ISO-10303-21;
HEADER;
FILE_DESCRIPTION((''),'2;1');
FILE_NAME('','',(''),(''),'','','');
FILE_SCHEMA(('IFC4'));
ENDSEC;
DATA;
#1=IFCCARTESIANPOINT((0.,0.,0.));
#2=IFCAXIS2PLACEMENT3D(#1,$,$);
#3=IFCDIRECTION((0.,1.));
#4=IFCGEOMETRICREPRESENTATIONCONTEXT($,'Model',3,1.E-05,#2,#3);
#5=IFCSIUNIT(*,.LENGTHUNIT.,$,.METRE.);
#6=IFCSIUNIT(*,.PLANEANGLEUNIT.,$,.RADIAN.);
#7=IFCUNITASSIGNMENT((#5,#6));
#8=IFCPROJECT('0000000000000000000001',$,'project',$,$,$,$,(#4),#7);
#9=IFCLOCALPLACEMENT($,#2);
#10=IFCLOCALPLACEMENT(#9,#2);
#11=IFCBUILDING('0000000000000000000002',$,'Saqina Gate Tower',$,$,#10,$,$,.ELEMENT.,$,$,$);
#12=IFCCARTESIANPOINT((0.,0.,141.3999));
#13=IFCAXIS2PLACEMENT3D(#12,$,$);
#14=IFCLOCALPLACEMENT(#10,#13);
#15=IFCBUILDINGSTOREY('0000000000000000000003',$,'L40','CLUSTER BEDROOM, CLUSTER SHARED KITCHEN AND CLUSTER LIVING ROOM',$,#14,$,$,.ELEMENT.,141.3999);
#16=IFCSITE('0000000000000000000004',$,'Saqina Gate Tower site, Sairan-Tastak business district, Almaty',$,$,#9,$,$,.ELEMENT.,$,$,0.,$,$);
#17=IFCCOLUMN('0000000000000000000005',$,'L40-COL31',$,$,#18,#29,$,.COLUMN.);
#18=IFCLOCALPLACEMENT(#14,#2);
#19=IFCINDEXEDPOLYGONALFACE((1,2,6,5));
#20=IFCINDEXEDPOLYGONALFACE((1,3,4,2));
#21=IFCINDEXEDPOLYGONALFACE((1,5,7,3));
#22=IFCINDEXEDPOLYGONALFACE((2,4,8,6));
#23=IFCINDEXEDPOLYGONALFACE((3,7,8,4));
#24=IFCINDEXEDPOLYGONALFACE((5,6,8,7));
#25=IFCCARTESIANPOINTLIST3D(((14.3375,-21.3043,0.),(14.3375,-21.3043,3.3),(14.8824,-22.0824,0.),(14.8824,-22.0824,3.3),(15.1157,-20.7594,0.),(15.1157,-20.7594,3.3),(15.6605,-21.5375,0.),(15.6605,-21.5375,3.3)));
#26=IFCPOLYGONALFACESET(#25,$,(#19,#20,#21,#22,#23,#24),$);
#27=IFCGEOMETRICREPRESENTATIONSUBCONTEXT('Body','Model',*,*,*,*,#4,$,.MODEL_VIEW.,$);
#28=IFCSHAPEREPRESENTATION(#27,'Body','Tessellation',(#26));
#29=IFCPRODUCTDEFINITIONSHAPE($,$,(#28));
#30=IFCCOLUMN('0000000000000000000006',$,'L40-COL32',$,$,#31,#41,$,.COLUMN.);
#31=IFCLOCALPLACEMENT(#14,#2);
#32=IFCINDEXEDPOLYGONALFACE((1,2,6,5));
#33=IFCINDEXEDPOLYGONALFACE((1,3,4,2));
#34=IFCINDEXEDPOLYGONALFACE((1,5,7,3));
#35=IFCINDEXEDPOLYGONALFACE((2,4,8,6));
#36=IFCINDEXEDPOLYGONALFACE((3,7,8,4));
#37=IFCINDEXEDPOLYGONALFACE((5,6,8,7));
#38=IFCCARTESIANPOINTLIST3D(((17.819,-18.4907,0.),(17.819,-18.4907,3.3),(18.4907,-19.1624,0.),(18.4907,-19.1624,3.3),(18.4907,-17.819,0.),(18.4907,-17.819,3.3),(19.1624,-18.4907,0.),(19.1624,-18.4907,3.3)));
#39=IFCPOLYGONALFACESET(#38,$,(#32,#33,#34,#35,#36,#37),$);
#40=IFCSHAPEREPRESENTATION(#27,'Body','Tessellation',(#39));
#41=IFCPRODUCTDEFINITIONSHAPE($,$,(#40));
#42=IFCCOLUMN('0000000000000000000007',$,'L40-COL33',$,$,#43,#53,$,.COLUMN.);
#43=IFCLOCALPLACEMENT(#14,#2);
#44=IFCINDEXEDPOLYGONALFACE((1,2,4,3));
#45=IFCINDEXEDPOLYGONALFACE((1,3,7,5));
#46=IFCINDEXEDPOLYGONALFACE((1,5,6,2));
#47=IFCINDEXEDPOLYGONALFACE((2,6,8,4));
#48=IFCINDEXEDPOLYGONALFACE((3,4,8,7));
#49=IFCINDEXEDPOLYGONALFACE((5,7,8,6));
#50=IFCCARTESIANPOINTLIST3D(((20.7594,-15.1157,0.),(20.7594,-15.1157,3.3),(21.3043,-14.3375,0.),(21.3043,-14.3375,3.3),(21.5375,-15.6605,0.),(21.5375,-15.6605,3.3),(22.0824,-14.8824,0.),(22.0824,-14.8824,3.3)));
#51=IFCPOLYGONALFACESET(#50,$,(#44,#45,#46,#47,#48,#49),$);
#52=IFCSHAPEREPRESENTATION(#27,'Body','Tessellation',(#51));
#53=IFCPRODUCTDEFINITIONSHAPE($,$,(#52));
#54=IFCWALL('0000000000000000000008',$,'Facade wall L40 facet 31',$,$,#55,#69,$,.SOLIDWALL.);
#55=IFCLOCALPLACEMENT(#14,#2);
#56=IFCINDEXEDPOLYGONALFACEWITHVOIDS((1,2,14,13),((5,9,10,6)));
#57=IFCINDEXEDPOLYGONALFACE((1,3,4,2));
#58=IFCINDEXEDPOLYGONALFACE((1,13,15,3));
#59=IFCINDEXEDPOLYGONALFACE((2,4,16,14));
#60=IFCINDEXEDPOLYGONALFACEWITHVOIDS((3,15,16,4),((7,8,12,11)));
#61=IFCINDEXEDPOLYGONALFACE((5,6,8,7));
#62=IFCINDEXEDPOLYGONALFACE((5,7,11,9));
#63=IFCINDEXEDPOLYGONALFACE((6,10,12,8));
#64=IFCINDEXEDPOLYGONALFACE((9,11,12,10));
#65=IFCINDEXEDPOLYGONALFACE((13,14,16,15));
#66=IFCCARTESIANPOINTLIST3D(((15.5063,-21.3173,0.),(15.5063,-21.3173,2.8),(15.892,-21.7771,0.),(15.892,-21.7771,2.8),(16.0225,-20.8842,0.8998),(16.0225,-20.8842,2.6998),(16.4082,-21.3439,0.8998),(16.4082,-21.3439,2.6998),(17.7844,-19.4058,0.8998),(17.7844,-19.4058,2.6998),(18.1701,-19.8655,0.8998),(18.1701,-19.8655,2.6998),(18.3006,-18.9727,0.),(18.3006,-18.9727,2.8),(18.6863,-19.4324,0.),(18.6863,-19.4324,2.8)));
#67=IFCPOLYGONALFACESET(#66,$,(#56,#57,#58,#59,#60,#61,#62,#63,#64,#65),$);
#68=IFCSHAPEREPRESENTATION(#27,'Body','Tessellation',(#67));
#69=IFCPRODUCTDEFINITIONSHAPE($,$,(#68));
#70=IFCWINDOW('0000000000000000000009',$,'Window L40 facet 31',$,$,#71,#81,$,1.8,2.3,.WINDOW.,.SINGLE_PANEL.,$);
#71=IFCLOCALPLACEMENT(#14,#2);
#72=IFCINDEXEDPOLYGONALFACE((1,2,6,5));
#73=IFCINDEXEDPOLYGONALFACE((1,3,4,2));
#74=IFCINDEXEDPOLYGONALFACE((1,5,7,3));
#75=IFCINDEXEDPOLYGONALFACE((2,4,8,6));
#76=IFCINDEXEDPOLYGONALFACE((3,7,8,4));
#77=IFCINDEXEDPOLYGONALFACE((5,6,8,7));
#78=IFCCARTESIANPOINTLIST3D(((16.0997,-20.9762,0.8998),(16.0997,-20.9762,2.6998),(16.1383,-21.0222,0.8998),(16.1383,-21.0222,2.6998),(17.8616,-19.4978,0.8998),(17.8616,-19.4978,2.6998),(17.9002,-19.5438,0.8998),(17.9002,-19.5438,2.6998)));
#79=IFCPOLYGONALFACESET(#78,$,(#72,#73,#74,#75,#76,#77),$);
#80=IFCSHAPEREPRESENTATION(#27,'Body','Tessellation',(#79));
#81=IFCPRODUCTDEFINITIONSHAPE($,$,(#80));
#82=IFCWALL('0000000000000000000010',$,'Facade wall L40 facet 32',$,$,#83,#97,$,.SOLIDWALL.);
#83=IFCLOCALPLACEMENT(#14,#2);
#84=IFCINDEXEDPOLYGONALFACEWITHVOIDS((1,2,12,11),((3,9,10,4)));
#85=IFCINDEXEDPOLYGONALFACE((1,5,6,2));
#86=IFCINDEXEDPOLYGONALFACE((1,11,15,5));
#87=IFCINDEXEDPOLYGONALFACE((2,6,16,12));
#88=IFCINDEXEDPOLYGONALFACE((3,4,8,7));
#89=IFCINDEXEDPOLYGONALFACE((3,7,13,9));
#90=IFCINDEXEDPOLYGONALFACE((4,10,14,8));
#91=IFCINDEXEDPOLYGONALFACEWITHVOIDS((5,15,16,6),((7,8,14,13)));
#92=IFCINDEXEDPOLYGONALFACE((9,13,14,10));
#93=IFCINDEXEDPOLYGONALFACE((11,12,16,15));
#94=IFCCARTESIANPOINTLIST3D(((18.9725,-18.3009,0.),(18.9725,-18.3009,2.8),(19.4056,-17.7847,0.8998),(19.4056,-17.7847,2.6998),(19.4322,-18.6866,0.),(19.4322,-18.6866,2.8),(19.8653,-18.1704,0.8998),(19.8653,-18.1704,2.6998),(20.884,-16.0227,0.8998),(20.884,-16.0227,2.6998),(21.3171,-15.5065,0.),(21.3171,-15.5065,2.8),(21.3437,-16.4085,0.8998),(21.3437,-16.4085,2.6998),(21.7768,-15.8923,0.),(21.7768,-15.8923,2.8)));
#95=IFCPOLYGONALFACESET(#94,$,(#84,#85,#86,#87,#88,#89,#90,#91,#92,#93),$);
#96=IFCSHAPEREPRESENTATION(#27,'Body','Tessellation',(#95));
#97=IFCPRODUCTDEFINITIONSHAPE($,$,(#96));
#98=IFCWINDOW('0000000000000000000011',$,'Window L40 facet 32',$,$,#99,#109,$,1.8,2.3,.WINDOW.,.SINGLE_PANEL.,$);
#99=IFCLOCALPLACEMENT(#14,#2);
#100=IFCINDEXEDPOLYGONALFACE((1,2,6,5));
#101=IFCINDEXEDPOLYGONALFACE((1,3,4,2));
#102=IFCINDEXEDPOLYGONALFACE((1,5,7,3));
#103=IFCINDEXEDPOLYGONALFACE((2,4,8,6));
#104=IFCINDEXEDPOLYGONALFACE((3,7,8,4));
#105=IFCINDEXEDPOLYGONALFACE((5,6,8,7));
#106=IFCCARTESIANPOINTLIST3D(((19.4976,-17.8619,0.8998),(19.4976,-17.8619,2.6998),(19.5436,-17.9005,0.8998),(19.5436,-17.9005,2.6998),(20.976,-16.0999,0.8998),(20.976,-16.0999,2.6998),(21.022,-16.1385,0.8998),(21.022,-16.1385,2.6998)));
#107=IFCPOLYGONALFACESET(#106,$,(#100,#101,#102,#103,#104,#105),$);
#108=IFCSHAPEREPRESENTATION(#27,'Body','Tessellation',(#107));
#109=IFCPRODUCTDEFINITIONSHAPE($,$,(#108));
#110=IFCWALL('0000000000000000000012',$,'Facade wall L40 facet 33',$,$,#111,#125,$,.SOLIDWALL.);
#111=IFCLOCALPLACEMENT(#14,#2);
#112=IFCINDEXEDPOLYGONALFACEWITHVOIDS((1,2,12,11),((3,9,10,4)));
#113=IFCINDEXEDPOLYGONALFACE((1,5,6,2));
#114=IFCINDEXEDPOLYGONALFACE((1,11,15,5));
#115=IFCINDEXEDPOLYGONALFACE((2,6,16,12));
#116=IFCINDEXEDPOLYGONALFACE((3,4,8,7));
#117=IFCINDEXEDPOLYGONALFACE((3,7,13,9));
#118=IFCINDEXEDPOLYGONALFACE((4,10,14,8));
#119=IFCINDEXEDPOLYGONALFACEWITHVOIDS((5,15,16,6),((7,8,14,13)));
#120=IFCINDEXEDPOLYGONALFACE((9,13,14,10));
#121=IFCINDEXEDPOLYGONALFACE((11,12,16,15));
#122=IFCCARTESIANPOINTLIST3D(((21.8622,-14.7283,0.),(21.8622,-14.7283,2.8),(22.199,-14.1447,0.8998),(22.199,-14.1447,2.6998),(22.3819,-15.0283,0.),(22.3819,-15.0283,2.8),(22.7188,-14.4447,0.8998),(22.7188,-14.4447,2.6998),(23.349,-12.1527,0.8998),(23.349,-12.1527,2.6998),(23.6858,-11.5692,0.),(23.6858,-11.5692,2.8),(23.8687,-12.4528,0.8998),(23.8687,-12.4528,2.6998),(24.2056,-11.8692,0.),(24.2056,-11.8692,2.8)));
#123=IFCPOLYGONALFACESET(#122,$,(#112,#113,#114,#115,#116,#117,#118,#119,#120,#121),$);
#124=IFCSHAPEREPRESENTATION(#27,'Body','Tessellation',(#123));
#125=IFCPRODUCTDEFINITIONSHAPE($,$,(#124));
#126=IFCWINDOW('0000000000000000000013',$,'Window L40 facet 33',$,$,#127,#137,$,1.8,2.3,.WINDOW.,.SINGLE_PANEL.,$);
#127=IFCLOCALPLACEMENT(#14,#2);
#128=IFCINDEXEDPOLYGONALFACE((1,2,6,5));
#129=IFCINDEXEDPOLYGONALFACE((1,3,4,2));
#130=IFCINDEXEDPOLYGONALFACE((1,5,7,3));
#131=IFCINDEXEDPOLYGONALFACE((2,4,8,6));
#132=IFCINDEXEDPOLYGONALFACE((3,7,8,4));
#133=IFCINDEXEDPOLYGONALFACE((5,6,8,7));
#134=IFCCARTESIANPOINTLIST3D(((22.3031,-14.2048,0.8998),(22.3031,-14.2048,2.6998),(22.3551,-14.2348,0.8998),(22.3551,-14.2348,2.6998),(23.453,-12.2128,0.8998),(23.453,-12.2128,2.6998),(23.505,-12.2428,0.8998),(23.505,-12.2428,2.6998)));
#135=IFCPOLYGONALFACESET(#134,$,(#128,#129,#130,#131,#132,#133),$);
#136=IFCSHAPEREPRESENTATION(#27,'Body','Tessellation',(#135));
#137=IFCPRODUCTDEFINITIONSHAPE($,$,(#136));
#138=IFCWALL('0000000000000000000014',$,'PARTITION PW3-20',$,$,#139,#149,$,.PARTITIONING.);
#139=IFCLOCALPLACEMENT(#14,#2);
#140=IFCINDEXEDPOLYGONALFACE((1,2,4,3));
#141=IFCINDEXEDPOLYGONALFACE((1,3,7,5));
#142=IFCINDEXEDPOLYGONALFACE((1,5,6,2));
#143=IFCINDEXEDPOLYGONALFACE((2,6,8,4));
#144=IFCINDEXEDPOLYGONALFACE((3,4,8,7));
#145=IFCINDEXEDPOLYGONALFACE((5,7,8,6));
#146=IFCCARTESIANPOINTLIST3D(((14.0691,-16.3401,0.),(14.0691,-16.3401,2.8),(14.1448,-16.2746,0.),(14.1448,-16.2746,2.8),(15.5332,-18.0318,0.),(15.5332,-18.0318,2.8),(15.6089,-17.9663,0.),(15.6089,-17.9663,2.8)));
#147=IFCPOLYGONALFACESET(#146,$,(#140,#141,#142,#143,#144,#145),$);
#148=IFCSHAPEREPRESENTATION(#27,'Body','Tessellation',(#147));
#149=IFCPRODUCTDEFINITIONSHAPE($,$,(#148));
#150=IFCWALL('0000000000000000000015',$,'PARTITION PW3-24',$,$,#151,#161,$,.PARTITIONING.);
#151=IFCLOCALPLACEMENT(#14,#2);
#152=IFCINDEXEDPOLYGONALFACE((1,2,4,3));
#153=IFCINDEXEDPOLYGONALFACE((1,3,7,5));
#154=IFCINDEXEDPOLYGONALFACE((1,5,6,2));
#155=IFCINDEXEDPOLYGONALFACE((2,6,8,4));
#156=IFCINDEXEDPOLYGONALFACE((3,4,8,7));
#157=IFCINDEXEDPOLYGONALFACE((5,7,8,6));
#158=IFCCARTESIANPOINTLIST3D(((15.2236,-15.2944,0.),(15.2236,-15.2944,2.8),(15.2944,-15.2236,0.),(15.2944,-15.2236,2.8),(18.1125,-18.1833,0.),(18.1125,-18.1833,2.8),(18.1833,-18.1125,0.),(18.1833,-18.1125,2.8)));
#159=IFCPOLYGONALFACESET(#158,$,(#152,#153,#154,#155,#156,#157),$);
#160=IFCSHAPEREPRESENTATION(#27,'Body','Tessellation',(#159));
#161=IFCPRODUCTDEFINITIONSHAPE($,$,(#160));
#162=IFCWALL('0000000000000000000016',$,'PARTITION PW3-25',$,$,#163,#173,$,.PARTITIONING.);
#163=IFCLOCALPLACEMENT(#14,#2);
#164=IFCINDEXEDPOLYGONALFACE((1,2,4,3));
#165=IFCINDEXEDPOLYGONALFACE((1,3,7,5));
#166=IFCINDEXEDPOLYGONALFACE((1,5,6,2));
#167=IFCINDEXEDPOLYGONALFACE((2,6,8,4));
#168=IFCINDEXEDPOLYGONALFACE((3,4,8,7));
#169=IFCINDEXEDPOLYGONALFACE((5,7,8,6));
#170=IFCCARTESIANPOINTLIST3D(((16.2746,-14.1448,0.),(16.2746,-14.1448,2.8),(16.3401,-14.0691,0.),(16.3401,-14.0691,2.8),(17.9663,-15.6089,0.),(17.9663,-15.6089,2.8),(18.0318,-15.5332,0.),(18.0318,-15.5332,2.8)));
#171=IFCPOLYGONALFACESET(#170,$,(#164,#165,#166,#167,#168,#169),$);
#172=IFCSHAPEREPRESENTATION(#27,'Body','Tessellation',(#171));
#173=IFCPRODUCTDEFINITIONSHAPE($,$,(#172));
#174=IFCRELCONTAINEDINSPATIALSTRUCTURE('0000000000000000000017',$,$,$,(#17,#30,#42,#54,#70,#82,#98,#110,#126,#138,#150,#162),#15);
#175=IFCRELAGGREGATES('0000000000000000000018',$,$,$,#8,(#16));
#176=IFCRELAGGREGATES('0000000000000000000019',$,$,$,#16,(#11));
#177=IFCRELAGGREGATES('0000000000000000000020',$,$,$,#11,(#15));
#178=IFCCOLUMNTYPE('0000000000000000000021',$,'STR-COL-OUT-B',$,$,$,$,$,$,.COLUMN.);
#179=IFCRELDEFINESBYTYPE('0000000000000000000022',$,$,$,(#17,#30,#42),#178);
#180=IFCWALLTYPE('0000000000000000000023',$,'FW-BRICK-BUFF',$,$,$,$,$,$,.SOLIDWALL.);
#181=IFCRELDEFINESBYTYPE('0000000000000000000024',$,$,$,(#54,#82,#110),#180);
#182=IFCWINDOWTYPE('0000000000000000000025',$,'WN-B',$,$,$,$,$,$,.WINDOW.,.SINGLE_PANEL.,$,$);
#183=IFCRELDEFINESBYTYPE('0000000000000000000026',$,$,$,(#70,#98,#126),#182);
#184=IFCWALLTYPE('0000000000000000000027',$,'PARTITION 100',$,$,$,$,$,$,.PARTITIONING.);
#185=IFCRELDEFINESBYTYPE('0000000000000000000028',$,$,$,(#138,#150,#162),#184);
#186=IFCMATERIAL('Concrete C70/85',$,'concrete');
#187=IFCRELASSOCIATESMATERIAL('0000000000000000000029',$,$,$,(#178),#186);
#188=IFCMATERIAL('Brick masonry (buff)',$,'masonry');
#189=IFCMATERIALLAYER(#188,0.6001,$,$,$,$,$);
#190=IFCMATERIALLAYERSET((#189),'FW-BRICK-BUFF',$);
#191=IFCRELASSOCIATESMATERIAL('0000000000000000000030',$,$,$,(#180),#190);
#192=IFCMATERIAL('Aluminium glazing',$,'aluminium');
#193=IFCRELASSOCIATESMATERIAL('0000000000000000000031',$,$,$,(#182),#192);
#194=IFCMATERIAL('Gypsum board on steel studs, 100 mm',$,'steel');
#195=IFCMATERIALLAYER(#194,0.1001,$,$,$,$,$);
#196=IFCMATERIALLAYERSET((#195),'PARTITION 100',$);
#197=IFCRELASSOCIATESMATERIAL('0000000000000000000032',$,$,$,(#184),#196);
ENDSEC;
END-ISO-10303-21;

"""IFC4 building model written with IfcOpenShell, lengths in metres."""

from ifc_helpers import new_model, si_unit, direction, frame, frame_2d, origin, origin_2d, place, context, subcontext, project, spatial, rectangle, extrude, material, layer, layer_set, material_profile, profile_set, type_object, element, fill, save


model = new_model("IFC4")

# Units and contexts
model_context = context("Model", 3, precision=1e-05, world=origin(), true_north=direction((0.0, 1.0)))
body_context = subcontext(model_context, "Body", "Model", "MODEL_VIEW")
ifc_project = project(units=[si_unit("LENGTHUNIT", "METRE"), si_unit("PLANEANGLEUNIT", "RADIAN")], contexts=[model_context])

# Site, building, storey
site_placement = place(None, origin())
site = spatial("IfcSite", under=ifc_project, at=site_placement, Name="Saqina Gate Tower site, Sairan-Tastak business district, Almaty", CompositionType="ELEMENT", RefElevation=0.0)
building_placement = place(site_placement, origin())
building = spatial("IfcBuilding", under=site, at=building_placement, Name="Saqina Gate Tower", CompositionType="ELEMENT")
storey_placement = place(building_placement, frame((0.0, 0.0, 141.3999)))
storey = spatial("IfcBuildingStorey", under=building, at=storey_placement, Name="L40", Description="CLUSTER BEDROOM, CLUSTER SHARED KITCHEN AND CLUSTER LIVING ROOM", CompositionType="ELEMENT", Elevation=141.3999)

# Columns
ifc_material_1 = material(Name="Concrete C70/85", Category="concrete")
ifc_material_profile = material_profile(ifc_material_1, rectangle(XDim=0.95, YDim=0.95, at=origin_2d()), Name="RC 950x950")
ifc_profile_set = profile_set([ifc_material_profile], Name="Concrete C70/85")
column_type = type_object("IfcColumnType", Name="STR-COL-OUT-B", PredefinedType="COLUMN", material=ifc_profile_set)
for number, where, z_axis, x_axis, name in (
    (1, (14.999, -21.4209, 0.0), (0.0, 0.0, 1.0), (0.573576, -0.819152, 0.0), "L40-COL31"),
    (2, (18.4907, -18.4907, 0.0), (0.0, 0.0, 1.0), (0.707107, -0.707107, 0.0), "L40-COL32"),
    (3, (21.4209, -14.999, 0.0), (0.0, 0.0, 1.0), (0.819152, -0.573576, 0.0), "L40-COL33"),
):
    element("IfcColumn", number, at=place(storey_placement, frame(where, z_axis=z_axis, x_axis=x_axis)), inside=storey, type_object=column_type, Name=name, PredefinedType="COLUMN", context=body_context, shape_type="SweptSolid", body=[
        extrude(rectangle(XDim=0.95, YDim=0.95, at=origin_2d()), origin(), (0.0, 0.0, 1.0), 3.3),
    ])

# Walls, openings, windows
ifc_material_2 = material(Name="Brick masonry (buff)", Category="masonry")
ifc_layer_1 = layer(ifc_material_2, 0.6001)
ifc_layer_set_1 = layer_set([ifc_layer_1], Name="FW-BRICK-BUFF")
wall_type_1 = type_object("IfcWallType", Name="FW-BRICK-BUFF", PredefinedType="SOLIDWALL", material=ifc_layer_set_1)
wall_1_placement = place(storey_placement, frame((15.6992, -21.5471, 0.0), z_axis=(0.0, 0.0, 1.0), x_axis=(0.766055, 0.642774, 0.0)))
wall_1 = element("IfcWall", 4, at=wall_1_placement, inside=storey, type_object=wall_type_1, Name="Facade wall L40 facet 31", PredefinedType="SOLIDWALL", context=body_context, shape_type="SweptSolid", body=[
    extrude(rectangle(XDim=3.6477, YDim=0.6001, at=frame_2d((1.8237, 0.0))), origin(), (0.0, 0.0, 1.0), 2.8),
])
opening_1_placement = place(wall_1_placement, frame((0.6738, 0.0, 0.8999)))
opening_1 = element("IfcOpeningElement", 5, at=opening_1_placement, cuts=wall_1, PredefinedType="OPENING", context=body_context, shape_type="SweptSolid", body=[
    extrude(rectangle(XDim=2.3, YDim=1.8, at=frame_2d((1.1499, 0.8999))), frame((0.0, 0.312, 0.0), z_axis=(0.0, -1.0, 0.0), x_axis=(1.0, 0.0, 0.0)), (0.0, 0.0, 1.0), 0.624),
])
ifc_material_3 = material(Name="Aluminium glazing", Category="aluminium")
window_type = type_object("IfcWindowType", Name="WN-B", PartitioningType="SINGLE_PANEL", PredefinedType="WINDOW", material=ifc_material_3)
window_1_placement = place(opening_1_placement, origin())
window_1 = element("IfcWindow", 6, at=window_1_placement, inside=storey, type_object=window_type, Name="Window L40 facet 31", OverallHeight=1.8, OverallWidth=2.3, PartitioningType="SINGLE_PANEL", PredefinedType="WINDOW", context=body_context, shape_type="SweptSolid", body=[
    extrude(rectangle(XDim=2.3, YDim=1.8, at=frame_2d((1.1499, 0.8999))), frame((0.0, 0.1799, 0.0), z_axis=(0.0, -1.0, 0.0), x_axis=(1.0, 0.0, 0.0)), (0.0, 0.0, 1.0), 0.0601),
])
fill(opening_1, window_1)
wall_2_placement = place(storey_placement, frame((19.2024, -18.4937, 0.0), z_axis=(0.0, 0.0, 1.0), x_axis=(0.642774, 0.766055, 0.0)))
wall_2 = element("IfcWall", 7, at=wall_2_placement, inside=storey, type_object=wall_type_1, Name="Facade wall L40 facet 32", PredefinedType="SOLIDWALL", context=body_context, shape_type="SweptSolid", body=[
    extrude(rectangle(XDim=3.6477, YDim=0.6001, at=frame_2d((1.8237, 0.0))), origin(), (0.0, 0.0, 1.0), 2.8),
])
opening_2_placement = place(wall_2_placement, frame((0.6738, 0.0, 0.8999)))
opening_2 = element("IfcOpeningElement", 8, at=opening_2_placement, cuts=wall_2, PredefinedType="OPENING", context=body_context, shape_type="SweptSolid", body=[
    extrude(rectangle(XDim=2.3, YDim=1.8, at=frame_2d((1.1499, 0.8999))), frame((0.0, 0.312, 0.0), z_axis=(0.0, -1.0, 0.0), x_axis=(1.0, 0.0, 0.0)), (0.0, 0.0, 1.0), 0.624),
])
window_2_placement = place(opening_2_placement, origin())
window_2 = element("IfcWindow", 9, at=window_2_placement, inside=storey, type_object=window_type, Name="Window L40 facet 32", OverallHeight=1.8, OverallWidth=2.3, PartitioningType="SINGLE_PANEL", PredefinedType="WINDOW", context=body_context, shape_type="SweptSolid", body=[
    extrude(rectangle(XDim=2.3, YDim=1.8, at=frame_2d((1.1499, 0.8999))), frame((0.0, 0.1799, 0.0), z_axis=(0.0, -1.0, 0.0), x_axis=(1.0, 0.0, 0.0)), (0.0, 0.0, 1.0), 0.0601),
])
fill(opening_2, window_2)
wall_3_placement = place(storey_placement, frame((22.1221, -14.8782, 0.0), z_axis=(0.0, 0.0, 1.0), x_axis=(0.499954, 0.866052, 0.0)))
wall_3 = element("IfcWall", 10, at=wall_3_placement, inside=storey, type_object=wall_type_1, Name="Facade wall L40 facet 33", PredefinedType="SOLIDWALL", context=body_context, shape_type="SweptSolid", body=[
    extrude(rectangle(XDim=3.6477, YDim=0.6001, at=frame_2d((1.8237, 0.0))), origin(), (0.0, 0.0, 1.0), 2.8),
])
opening_3_placement = place(wall_3_placement, frame((0.6738, 0.0, 0.8999)))
opening_3 = element("IfcOpeningElement", 11, at=opening_3_placement, cuts=wall_3, PredefinedType="OPENING", context=body_context, shape_type="SweptSolid", body=[
    extrude(rectangle(XDim=2.3, YDim=1.8, at=frame_2d((1.1499, 0.8999))), frame((0.0, 0.312, 0.0), z_axis=(0.0, -1.0, 0.0), x_axis=(1.0, 0.0, 0.0)), (0.0, 0.0, 1.0), 0.624),
])
window_3_placement = place(opening_3_placement, origin())
window_3 = element("IfcWindow", 12, at=window_3_placement, inside=storey, type_object=window_type, Name="Window L40 facet 33", OverallHeight=1.8, OverallWidth=2.3, PartitioningType="SINGLE_PANEL", PredefinedType="WINDOW", context=body_context, shape_type="SweptSolid", body=[
    extrude(rectangle(XDim=2.3, YDim=1.8, at=frame_2d((1.1499, 0.8999))), frame((0.0, 0.1799, 0.0), z_axis=(0.0, -1.0, 0.0), x_axis=(1.0, 0.0, 0.0)), (0.0, 0.0, 1.0), 0.0601),
])
fill(opening_3, window_3)

# Walls
ifc_material_4 = material(Name="Gypsum board on steel studs, 100 mm", Category="steel")
ifc_layer_2 = layer(ifc_material_4, 0.1001)
ifc_layer_set_2 = layer_set([ifc_layer_2], Name="PARTITION 100")
wall_type_2 = type_object("IfcWallType", Name="PARTITION 100", PredefinedType="PARTITIONING", material=ifc_layer_set_2)
wall_4_placement = place(storey_placement, frame((14.1069, -16.3074, 0.0), z_axis=(0.0, 0.0, 1.0), x_axis=(0.654424, -0.756128, 0.0)))
element("IfcWall", 13, at=wall_4_placement, inside=storey, type_object=wall_type_2, Name="PARTITION PW3-20", PredefinedType="PARTITIONING", context=body_context, shape_type="SweptSolid", body=[
    extrude(rectangle(XDim=2.2373, YDim=0.1001, at=frame_2d((1.1187, 0.0))), origin(), (0.0, 0.0, 1.0), 2.8),
])
wall_5_placement = place(storey_placement, frame((15.259, -15.259, 0.0), z_axis=(0.0, 0.0, 1.0), x_axis=(0.707107, -0.707107, 0.0)))
element("IfcWall", 14, at=wall_5_placement, inside=storey, type_object=wall_type_2, Name="PARTITION PW3-24", PredefinedType="PARTITIONING", context=body_context, shape_type="SweptSolid", body=[
    extrude(rectangle(XDim=4.0854, YDim=0.1001, at=frame_2d((2.0427, 0.0))), origin(), (0.0, 0.0, 1.0), 2.8),
])
wall_6_placement = place(storey_placement, frame((16.3074, -14.1069, 0.0), z_axis=(0.0, 0.0, 1.0), x_axis=(0.756128, -0.654424, 0.0)))
element("IfcWall", 15, at=wall_6_placement, inside=storey, type_object=wall_type_2, Name="PARTITION PW3-25", PredefinedType="PARTITIONING", context=body_context, shape_type="SweptSolid", body=[
    extrude(rectangle(XDim=2.2373, YDim=0.1001, at=frame_2d((1.1187, 0.0))), origin(), (0.0, 0.0, 1.0), 2.8),
])

save(model, "model.ifc")
